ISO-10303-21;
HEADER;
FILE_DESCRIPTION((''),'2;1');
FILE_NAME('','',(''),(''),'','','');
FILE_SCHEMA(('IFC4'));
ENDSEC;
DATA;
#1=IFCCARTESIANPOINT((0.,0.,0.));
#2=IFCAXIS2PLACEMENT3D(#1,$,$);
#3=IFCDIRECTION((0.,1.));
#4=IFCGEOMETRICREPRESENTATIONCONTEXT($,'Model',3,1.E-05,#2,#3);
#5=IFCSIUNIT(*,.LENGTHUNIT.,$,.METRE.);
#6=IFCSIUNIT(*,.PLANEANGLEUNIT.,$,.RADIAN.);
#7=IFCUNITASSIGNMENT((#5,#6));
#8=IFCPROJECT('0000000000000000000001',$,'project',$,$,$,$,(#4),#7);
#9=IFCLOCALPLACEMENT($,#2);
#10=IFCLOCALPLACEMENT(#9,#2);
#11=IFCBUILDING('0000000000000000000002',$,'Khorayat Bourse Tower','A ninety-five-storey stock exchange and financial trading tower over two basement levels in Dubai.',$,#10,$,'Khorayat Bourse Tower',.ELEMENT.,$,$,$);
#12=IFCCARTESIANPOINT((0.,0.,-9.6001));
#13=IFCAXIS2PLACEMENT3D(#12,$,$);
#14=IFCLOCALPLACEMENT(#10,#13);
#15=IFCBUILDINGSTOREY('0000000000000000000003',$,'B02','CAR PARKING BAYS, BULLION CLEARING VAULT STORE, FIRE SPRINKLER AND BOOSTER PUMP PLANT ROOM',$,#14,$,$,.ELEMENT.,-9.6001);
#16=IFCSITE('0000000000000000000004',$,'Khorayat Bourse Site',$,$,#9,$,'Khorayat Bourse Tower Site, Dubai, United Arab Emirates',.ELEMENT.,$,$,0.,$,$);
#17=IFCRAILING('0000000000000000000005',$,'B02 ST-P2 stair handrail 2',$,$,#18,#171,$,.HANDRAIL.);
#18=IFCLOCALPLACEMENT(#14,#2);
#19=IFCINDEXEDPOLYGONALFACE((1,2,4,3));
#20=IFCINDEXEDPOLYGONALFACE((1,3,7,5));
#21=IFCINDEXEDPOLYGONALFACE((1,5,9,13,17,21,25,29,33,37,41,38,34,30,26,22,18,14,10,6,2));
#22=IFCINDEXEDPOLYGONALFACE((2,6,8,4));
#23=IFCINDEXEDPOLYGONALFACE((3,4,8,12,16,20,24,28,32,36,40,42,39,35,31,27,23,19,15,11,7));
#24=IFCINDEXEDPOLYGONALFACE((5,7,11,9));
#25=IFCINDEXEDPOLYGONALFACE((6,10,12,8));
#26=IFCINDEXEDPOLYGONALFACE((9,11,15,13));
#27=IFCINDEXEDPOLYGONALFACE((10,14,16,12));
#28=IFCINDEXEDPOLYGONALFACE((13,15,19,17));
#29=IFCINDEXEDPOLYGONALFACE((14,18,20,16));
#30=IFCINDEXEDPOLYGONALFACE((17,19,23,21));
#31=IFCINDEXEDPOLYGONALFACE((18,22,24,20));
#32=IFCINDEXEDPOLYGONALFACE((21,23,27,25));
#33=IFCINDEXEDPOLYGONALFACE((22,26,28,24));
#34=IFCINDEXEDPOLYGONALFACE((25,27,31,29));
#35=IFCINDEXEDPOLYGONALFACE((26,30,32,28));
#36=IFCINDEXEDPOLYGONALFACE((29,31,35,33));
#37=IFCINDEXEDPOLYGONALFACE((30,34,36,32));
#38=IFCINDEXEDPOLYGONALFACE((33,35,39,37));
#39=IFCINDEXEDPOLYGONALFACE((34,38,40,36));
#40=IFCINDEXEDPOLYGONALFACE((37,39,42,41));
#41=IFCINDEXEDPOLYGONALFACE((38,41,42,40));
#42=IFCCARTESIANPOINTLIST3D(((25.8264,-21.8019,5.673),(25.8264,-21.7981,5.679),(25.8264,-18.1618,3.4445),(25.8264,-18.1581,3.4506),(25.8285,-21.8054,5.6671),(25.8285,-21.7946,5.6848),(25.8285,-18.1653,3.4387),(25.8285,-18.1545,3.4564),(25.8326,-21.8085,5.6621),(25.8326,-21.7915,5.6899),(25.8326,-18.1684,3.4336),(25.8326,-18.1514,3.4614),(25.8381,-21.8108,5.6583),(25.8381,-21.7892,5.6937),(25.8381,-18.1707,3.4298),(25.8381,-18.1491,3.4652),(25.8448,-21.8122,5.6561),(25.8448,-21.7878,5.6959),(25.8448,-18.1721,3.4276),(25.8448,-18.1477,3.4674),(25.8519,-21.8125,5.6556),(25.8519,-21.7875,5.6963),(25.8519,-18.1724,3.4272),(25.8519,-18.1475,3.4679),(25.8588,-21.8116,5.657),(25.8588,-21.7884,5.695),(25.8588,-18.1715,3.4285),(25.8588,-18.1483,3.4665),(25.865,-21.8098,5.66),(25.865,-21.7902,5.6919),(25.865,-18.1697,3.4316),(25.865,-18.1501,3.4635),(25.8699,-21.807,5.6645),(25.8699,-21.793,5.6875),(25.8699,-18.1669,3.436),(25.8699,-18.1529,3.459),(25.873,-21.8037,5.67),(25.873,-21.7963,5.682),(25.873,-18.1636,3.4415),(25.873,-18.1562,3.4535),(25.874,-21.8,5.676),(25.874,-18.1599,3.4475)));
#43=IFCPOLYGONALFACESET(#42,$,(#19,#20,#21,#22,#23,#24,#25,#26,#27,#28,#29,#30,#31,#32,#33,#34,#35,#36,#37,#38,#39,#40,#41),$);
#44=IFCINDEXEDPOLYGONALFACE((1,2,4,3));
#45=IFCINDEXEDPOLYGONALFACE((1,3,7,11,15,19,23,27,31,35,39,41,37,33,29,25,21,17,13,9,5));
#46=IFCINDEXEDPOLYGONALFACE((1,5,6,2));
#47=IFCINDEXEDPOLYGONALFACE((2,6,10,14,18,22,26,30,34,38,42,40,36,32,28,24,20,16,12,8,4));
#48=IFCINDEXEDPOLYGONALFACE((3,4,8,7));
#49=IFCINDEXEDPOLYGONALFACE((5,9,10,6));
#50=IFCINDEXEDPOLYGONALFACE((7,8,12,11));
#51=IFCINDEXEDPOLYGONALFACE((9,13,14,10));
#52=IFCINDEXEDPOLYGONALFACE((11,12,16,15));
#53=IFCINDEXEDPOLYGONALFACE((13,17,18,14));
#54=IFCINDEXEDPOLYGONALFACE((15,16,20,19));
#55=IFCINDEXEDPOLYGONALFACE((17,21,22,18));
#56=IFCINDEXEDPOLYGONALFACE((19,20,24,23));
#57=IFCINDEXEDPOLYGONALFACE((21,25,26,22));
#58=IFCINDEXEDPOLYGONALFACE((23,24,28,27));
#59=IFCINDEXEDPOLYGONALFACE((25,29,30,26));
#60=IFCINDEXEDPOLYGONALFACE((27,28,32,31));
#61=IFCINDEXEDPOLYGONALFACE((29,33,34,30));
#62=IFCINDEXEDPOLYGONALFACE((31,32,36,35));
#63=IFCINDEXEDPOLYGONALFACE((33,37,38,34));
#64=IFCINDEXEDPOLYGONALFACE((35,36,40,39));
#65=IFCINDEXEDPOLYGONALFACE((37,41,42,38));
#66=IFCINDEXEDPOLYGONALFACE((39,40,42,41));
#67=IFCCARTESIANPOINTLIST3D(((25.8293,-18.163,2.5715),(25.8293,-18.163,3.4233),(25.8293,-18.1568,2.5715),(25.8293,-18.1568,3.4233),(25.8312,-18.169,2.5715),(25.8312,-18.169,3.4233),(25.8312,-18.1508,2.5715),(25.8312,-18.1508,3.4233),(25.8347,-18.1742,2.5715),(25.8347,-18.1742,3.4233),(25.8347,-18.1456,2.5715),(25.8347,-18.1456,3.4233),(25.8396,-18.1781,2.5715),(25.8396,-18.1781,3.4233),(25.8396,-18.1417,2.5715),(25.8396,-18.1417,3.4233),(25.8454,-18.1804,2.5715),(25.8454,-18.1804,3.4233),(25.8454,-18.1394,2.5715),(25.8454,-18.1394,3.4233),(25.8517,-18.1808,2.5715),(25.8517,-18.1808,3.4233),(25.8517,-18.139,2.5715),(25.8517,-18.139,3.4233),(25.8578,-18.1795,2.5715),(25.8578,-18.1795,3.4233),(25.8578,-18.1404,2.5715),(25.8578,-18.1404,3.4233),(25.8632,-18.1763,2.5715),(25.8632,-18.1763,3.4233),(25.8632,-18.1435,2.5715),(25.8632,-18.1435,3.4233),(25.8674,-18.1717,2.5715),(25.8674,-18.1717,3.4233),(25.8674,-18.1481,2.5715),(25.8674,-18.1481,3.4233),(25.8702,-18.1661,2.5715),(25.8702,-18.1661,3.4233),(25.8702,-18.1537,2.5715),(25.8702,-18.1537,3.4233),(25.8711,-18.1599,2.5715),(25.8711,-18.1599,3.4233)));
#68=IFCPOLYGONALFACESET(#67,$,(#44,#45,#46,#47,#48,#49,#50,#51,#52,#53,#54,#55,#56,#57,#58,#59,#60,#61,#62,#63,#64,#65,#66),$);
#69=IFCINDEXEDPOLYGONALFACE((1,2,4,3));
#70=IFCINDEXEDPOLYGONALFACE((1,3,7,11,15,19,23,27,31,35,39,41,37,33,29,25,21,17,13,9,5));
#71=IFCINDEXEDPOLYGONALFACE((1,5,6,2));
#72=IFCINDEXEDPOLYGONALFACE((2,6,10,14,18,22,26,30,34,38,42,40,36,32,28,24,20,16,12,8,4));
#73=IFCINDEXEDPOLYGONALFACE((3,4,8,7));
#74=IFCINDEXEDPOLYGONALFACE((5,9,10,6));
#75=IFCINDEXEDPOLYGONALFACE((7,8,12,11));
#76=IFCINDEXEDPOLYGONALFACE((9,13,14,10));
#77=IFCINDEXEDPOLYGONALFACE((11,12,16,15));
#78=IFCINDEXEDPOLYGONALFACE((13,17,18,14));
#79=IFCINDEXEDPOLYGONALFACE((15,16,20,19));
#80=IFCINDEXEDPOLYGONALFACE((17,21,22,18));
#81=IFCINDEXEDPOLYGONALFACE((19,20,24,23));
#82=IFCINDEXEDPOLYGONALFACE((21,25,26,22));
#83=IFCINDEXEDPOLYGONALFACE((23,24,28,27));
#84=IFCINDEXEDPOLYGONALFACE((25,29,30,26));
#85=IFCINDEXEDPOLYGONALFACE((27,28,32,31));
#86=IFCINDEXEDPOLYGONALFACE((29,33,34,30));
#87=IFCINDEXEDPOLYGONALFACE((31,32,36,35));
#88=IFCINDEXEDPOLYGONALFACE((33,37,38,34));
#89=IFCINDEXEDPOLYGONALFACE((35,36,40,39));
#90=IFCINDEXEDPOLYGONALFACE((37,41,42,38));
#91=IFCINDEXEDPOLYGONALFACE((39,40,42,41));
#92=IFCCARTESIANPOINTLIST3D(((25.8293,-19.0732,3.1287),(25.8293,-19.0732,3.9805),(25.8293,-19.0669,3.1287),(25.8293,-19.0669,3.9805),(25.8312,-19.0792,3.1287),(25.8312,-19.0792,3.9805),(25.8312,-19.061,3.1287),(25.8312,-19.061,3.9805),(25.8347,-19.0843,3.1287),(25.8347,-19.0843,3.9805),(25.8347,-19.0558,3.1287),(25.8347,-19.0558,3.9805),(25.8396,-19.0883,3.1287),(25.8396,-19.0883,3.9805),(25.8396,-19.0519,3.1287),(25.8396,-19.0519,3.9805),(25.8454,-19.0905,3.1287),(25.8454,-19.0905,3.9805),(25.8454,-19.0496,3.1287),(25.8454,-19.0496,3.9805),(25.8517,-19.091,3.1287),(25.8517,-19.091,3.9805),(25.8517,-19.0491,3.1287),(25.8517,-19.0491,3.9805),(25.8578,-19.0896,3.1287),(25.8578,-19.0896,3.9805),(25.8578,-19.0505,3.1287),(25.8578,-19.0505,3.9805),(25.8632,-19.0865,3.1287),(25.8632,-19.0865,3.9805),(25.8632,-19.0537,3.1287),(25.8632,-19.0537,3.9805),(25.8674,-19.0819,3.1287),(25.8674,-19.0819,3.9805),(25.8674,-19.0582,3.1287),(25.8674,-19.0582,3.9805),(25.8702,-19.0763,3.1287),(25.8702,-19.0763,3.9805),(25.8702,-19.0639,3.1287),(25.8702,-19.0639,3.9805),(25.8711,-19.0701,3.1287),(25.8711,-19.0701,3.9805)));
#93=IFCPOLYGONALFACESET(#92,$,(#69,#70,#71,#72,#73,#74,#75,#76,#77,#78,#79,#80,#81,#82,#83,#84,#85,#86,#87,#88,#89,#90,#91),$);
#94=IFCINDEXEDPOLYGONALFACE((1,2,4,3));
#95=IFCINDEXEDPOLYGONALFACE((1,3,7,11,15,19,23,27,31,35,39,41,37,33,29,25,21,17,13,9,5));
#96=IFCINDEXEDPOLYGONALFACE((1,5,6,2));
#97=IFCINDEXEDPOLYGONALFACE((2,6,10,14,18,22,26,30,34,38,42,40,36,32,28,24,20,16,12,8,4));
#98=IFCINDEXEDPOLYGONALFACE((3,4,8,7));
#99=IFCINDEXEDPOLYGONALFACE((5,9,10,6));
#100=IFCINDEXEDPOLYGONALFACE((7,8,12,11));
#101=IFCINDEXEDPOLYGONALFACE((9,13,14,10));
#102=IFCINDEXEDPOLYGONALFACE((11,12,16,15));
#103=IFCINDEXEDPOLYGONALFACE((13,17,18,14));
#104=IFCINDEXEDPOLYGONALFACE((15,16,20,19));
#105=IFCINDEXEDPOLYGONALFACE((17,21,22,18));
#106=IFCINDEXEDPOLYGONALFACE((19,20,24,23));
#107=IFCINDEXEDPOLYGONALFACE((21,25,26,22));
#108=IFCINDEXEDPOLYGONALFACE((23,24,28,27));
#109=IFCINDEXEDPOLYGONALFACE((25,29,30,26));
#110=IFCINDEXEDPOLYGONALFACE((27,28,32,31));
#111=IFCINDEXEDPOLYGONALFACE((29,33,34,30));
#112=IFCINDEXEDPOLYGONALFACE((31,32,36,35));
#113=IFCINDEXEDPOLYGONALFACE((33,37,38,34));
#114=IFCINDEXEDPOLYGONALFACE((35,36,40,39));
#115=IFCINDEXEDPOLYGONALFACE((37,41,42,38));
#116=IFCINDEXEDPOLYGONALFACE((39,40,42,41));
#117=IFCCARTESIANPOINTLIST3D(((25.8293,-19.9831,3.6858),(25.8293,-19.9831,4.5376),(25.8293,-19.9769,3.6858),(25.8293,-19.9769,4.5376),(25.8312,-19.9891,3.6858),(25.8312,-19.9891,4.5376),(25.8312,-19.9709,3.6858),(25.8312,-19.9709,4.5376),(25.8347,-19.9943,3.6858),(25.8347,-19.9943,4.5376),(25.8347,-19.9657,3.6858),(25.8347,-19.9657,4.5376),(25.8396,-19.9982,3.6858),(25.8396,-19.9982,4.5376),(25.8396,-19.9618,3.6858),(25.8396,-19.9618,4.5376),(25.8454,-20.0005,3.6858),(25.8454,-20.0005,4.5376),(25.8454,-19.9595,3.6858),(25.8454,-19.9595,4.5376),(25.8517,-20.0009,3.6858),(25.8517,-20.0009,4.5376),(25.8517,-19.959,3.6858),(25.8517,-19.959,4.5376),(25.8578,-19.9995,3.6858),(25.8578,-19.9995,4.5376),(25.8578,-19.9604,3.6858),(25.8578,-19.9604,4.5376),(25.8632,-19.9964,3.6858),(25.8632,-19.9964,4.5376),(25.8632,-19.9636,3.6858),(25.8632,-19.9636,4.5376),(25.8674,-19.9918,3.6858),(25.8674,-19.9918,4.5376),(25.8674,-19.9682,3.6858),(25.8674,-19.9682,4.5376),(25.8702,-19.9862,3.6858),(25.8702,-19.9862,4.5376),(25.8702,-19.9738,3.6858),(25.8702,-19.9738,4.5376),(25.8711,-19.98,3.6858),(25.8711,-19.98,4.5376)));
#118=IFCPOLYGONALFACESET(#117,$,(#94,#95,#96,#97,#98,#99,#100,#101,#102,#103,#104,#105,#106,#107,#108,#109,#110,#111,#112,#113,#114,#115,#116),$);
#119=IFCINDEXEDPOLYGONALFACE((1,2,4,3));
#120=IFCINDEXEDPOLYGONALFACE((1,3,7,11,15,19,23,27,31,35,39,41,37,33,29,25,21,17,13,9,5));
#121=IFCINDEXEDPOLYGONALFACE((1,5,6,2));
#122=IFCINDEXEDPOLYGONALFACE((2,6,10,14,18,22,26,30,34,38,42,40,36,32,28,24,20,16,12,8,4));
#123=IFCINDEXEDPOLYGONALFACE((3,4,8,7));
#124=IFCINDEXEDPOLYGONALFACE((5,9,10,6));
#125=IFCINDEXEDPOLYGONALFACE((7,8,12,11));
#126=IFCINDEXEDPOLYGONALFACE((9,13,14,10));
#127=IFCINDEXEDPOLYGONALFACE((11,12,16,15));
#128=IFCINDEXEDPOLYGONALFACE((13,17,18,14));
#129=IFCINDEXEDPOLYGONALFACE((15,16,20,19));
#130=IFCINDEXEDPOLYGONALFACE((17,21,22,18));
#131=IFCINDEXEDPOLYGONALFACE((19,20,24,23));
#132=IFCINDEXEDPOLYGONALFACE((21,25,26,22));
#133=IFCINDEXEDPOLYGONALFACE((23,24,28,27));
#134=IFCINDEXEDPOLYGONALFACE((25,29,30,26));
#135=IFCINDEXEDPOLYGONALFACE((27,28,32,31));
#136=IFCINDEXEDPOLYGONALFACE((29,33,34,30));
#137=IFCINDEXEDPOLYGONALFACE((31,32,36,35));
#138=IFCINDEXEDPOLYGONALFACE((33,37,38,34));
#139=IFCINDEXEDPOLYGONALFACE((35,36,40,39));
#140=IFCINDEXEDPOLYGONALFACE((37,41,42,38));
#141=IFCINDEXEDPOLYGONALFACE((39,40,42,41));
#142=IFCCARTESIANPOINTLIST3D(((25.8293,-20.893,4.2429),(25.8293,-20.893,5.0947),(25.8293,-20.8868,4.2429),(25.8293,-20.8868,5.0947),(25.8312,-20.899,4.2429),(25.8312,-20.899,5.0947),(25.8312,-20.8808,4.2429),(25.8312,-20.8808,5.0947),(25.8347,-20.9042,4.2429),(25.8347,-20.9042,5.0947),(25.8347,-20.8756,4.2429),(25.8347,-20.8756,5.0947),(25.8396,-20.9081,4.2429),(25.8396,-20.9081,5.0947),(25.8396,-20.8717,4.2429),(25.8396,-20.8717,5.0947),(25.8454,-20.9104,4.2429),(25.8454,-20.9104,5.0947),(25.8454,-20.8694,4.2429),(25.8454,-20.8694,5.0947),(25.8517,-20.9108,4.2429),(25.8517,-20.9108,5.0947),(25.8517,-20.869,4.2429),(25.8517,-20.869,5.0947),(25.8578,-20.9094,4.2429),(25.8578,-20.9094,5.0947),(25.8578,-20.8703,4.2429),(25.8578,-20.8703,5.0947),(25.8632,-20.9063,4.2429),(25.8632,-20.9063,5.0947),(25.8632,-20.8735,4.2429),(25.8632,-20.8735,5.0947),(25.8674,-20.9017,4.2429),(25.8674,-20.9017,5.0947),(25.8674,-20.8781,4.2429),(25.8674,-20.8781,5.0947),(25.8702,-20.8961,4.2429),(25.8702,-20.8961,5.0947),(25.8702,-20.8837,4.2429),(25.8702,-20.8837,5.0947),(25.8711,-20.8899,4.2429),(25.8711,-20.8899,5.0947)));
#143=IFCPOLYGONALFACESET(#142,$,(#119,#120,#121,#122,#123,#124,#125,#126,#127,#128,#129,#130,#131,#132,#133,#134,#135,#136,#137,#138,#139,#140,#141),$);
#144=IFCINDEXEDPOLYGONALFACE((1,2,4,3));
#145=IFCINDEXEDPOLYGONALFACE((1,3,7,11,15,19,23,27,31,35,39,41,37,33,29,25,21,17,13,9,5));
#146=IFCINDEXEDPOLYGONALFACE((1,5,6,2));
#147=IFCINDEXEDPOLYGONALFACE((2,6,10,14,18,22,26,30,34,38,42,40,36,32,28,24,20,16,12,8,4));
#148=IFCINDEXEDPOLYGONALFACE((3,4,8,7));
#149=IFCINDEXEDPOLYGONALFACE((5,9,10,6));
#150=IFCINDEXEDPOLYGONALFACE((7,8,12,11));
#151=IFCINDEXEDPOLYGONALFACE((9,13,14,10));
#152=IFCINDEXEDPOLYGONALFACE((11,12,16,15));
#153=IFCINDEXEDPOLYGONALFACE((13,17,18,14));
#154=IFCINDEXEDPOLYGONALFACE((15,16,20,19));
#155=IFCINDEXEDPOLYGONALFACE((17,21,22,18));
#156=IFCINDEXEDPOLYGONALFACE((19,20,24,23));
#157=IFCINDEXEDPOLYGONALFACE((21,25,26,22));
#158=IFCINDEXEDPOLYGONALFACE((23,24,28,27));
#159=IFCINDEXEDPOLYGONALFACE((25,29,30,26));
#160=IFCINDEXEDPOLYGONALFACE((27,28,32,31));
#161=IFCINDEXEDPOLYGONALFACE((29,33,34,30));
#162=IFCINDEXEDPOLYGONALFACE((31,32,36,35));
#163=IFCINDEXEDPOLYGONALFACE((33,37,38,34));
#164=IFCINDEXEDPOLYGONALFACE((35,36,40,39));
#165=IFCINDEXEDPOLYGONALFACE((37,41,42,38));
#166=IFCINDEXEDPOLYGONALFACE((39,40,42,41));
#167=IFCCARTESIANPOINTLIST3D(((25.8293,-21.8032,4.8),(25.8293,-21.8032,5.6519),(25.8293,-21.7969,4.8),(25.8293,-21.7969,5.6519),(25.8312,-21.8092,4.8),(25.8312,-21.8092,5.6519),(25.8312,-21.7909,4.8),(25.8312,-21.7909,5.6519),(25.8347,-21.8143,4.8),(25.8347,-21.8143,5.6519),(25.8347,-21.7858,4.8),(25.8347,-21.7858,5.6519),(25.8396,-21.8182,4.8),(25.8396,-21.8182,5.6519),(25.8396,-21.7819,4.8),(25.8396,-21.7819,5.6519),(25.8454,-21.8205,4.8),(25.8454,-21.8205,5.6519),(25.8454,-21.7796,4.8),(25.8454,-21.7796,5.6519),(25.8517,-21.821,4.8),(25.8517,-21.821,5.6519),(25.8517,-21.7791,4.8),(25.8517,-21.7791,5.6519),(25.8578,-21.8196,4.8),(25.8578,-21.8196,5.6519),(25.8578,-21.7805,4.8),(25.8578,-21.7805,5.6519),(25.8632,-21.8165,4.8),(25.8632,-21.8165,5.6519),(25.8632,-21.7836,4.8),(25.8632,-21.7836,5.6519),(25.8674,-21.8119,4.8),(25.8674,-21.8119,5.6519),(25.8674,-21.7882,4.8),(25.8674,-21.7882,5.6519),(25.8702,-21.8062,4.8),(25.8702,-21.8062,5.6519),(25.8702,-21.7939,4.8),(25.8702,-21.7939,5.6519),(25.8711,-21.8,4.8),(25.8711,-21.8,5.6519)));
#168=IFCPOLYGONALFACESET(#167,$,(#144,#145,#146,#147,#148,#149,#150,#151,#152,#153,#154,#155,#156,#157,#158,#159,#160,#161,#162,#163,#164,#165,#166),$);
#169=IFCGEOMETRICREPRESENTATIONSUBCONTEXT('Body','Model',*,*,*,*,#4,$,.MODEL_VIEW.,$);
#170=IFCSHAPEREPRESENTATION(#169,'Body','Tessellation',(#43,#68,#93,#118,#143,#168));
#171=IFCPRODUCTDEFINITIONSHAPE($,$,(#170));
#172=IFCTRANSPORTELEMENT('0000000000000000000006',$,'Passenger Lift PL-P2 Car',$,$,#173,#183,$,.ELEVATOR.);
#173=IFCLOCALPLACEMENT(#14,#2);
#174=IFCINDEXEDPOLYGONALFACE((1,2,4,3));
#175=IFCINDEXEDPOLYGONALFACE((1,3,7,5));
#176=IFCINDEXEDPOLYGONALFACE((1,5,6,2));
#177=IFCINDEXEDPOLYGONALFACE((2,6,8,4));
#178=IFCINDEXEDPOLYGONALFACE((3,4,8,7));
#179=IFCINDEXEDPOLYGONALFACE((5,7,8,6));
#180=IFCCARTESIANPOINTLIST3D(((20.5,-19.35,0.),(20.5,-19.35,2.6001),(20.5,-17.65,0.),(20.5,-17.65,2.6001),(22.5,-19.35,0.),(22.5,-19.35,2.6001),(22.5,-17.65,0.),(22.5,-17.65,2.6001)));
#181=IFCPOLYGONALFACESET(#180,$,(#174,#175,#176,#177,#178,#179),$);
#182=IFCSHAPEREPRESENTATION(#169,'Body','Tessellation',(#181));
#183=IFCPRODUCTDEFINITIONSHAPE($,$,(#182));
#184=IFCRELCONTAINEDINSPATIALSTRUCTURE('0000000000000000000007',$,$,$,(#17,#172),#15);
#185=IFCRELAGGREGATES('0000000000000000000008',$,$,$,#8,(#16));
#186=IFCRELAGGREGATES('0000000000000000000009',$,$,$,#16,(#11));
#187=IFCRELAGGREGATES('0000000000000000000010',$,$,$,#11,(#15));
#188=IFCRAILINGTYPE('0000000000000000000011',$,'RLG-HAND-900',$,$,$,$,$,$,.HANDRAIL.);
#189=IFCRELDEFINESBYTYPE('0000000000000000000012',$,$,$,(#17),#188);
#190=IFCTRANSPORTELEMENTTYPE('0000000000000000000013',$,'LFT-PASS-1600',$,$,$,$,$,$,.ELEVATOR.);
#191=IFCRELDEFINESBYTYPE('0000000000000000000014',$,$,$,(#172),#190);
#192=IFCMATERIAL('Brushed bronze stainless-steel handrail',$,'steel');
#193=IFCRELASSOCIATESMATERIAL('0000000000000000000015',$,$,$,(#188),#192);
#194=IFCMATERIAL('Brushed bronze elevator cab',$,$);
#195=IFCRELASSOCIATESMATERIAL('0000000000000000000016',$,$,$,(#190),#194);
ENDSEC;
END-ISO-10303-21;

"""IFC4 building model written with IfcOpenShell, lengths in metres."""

from ifc_helpers import new_model, si_unit, direction, frame, origin, origin_2d, place, context, subcontext, project, spatial, rectangle, circle, extrude, source, transform, mapped, material, type_object, element, save


model = new_model("IFC4")

# Units and contexts
model_context = context("Model", 3, precision=1e-05, world=origin(), true_north=direction((0.0, 1.0)))
body_context = subcontext(model_context, "Body", "Model", "MODEL_VIEW")
ifc_project = project(units=[si_unit("LENGTHUNIT", "METRE"), si_unit("PLANEANGLEUNIT", "RADIAN")], contexts=[model_context])

# Site, building, storey
site_placement = place(None, origin())
site = spatial("IfcSite", under=ifc_project, at=site_placement, Name="Khorayat Bourse Site", LongName="Khorayat Bourse Tower Site, Dubai, United Arab Emirates", CompositionType="ELEMENT", RefElevation=0.0)
building_placement = place(site_placement, origin())
building = spatial("IfcBuilding", under=site, at=building_placement, Name="Khorayat Bourse Tower", Description="A ninety-five-storey stock exchange and financial trading tower over two basement levels in Dubai.", LongName="Khorayat Bourse Tower", CompositionType="ELEMENT")
storey_placement = place(building_placement, frame((0.0, 0.0, -9.6001)))
storey = spatial("IfcBuildingStorey", under=building, at=storey_placement, Name="B02", Description="CAR PARKING BAYS, BULLION CLEARING VAULT STORE, FIRE SPRINKLER AND BOOSTER PUMP PLANT ROOM", CompositionType="ELEMENT", Elevation=-9.6001)

# Railing
ifc_material_1 = material(Name="Brushed bronze stainless-steel handrail", Category="steel")
railing_type_1 = type_object("IfcRailingType", Name="RLG-HAND-900", PredefinedType="HANDRAIL", material=ifc_material_1)
shared_shape_1 = source(origin(), body_context, "Body", "SweptSolid", [
    extrude(circle(Radius=0.0239, at=origin_2d()), frame((0.0, 0.0, 0.876), z_axis=(0.0, -0.852866, 0.52213), x_axis=(1.0, 0.0, 0.0)), (0.0, 0.0, 1.0), 4.2681),
    extrude(circle(Radius=0.021, at=origin_2d()), origin(), (0.0, 0.0, 1.0), 0.8518),
    extrude(circle(Radius=0.021, at=origin_2d()), frame((0.0, -0.9102, 0.5571)), (0.0, 0.0, 1.0), 0.8518),
    extrude(circle(Radius=0.021, at=origin_2d()), frame((0.0, -1.8201, 1.1143)), (0.0, 0.0, 1.0), 0.8518),
    extrude(circle(Radius=0.021, at=origin_2d()), frame((0.0, -2.73, 1.6714)), (0.0, 0.0, 1.0), 0.8518),
    extrude(circle(Radius=0.021, at=origin_2d()), frame((0.0, -3.6401, 2.2285)), (0.0, 0.0, 1.0), 0.8518),
])
railing_1_placement = place(storey_placement, frame((25.8501, -18.1599, 2.5715)))
element("IfcRailing", 1, at=railing_1_placement, inside=storey, type_object=railing_type_1, Name="B02 ST-P2 stair handrail 2", PredefinedType="HANDRAIL", context=body_context, shape_type="MappedRepresentation", body=[
    mapped(shared_shape_1, transform((0.0, 0.0, 0.0), scale=1.0)),
])

# Transport element
ifc_material_2 = material(Name="Brushed bronze elevator cab")
transport_element_type = type_object("IfcTransportElementType", Name="LFT-PASS-1600", PredefinedType="ELEVATOR", material=ifc_material_2)
shared_shape_2 = source(origin(), body_context, "Body", "SweptSolid", [
    extrude(rectangle(XDim=2.0, YDim=1.7, at=origin_2d()), origin(), (0.0, 0.0, 1.0), 2.6001),
])
transport_element_placement = place(storey_placement, frame((21.5, -18.5, 0.0), z_axis=(0.0, 0.0, 1.0), x_axis=(1.0, 0.0, 0.0)))
element("IfcTransportElement", 2, at=transport_element_placement, inside=storey, type_object=transport_element_type, Name="Passenger Lift PL-P2 Car", PredefinedType="ELEVATOR", context=body_context, shape_type="MappedRepresentation", body=[
    mapped(shared_shape_2, transform((0.0, 0.0, 0.0), scale=1.0)),
])

save(model, "model.ifc")
